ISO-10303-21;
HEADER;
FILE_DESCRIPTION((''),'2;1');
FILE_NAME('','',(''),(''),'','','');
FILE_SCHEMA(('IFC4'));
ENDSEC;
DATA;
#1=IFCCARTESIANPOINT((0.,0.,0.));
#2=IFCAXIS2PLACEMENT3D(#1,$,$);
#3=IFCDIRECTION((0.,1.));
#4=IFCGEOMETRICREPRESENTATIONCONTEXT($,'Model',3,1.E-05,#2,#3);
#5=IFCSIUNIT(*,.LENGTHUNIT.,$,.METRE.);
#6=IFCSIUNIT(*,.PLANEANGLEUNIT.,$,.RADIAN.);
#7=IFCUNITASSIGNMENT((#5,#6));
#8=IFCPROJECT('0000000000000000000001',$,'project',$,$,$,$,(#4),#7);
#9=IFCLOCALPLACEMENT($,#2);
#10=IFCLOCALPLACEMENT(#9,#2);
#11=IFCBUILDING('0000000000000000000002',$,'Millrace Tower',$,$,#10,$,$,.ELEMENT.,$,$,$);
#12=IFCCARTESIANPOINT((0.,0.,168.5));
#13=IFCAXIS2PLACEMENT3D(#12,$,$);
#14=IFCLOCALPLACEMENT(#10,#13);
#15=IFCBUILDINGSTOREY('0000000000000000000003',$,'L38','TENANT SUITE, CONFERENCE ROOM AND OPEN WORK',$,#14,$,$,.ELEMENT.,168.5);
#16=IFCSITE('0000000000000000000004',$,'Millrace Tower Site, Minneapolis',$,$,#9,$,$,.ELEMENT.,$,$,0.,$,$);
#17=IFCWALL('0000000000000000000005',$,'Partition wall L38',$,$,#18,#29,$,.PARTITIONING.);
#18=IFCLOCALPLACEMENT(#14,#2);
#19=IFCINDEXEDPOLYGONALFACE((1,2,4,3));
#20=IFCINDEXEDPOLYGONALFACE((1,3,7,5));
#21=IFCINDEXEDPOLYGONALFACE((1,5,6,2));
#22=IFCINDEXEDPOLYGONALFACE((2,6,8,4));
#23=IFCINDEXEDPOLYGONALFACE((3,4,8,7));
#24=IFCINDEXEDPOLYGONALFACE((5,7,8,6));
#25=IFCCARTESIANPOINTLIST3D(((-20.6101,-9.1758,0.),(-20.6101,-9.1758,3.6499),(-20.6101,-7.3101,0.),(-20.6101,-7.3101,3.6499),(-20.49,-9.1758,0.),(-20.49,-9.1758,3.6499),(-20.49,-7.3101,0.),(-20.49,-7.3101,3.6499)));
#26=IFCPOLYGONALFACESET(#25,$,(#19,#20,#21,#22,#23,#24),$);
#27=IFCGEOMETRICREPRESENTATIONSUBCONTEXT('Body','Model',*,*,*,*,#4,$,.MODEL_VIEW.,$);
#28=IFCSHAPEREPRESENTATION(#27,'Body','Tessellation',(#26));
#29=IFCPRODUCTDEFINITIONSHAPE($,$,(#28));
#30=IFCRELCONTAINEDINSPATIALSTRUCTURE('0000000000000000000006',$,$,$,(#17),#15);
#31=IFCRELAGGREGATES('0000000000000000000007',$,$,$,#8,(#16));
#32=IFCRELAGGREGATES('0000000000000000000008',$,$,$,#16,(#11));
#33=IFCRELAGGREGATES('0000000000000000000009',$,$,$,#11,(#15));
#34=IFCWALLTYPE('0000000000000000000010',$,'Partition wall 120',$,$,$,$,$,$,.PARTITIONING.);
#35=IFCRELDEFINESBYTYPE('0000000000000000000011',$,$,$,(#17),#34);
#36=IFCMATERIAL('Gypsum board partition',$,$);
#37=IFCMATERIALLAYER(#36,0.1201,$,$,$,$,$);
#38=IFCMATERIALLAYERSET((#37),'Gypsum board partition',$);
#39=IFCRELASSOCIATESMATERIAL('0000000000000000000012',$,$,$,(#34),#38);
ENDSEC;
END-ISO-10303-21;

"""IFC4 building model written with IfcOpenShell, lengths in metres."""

from ifc_helpers import new_model, si_unit, direction, frame, frame_2d, origin, place, context, subcontext, project, spatial, rectangle, extrude, material, layer, layer_set, type_object, element, save


model = new_model("IFC4")

# Units and contexts
model_context = context("Model", 3, precision=1e-05, world=origin(), true_north=direction((0.0, 1.0)))
body_context = subcontext(model_context, "Body", "Model", "MODEL_VIEW")
ifc_project = project(units=[si_unit("LENGTHUNIT", "METRE"), si_unit("PLANEANGLEUNIT", "RADIAN")], contexts=[model_context])

# Site, building, storey
site_placement = place(None, origin())
site = spatial("IfcSite", under=ifc_project, at=site_placement, Name="Millrace Tower Site, Minneapolis", CompositionType="ELEMENT", RefElevation=0.0)
building_placement = place(site_placement, origin())
building = spatial("IfcBuilding", under=site, at=building_placement, Name="Millrace Tower", CompositionType="ELEMENT")
storey_placement = place(building_placement, frame((0.0, 0.0, 168.5)))
storey = spatial("IfcBuildingStorey", under=building, at=storey_placement, Name="L38", Description="TENANT SUITE, CONFERENCE ROOM AND OPEN WORK", CompositionType="ELEMENT", Elevation=168.5)

# Wall
ifc_material_1 = material(Name="Gypsum board partition")
ifc_layer_1 = layer(ifc_material_1, 0.1201)
ifc_layer_set_1 = layer_set([ifc_layer_1], Name="Gypsum board partition")
wall_type_1 = type_object("IfcWallType", Name="Partition wall 120", PredefinedType="PARTITIONING", material=ifc_layer_set_1)
wall_1_placement = place(storey_placement, frame((-20.55, -9.1758, 0.0), z_axis=(0.0, 0.0, 1.0), x_axis=(0.0, 1.0, 0.0)))
element("IfcWall", 1, at=wall_1_placement, inside=storey, type_object=wall_type_1, Name="Partition wall L38", PredefinedType="PARTITIONING", context=body_context, shape_type="SweptSolid", body=[
    extrude(rectangle(XDim=1.8657, YDim=0.1201, at=frame_2d((0.9329, 0.0))), origin(), (0.0, 0.0, 1.0), 3.6499),
])

save(model, "model.ifc")
